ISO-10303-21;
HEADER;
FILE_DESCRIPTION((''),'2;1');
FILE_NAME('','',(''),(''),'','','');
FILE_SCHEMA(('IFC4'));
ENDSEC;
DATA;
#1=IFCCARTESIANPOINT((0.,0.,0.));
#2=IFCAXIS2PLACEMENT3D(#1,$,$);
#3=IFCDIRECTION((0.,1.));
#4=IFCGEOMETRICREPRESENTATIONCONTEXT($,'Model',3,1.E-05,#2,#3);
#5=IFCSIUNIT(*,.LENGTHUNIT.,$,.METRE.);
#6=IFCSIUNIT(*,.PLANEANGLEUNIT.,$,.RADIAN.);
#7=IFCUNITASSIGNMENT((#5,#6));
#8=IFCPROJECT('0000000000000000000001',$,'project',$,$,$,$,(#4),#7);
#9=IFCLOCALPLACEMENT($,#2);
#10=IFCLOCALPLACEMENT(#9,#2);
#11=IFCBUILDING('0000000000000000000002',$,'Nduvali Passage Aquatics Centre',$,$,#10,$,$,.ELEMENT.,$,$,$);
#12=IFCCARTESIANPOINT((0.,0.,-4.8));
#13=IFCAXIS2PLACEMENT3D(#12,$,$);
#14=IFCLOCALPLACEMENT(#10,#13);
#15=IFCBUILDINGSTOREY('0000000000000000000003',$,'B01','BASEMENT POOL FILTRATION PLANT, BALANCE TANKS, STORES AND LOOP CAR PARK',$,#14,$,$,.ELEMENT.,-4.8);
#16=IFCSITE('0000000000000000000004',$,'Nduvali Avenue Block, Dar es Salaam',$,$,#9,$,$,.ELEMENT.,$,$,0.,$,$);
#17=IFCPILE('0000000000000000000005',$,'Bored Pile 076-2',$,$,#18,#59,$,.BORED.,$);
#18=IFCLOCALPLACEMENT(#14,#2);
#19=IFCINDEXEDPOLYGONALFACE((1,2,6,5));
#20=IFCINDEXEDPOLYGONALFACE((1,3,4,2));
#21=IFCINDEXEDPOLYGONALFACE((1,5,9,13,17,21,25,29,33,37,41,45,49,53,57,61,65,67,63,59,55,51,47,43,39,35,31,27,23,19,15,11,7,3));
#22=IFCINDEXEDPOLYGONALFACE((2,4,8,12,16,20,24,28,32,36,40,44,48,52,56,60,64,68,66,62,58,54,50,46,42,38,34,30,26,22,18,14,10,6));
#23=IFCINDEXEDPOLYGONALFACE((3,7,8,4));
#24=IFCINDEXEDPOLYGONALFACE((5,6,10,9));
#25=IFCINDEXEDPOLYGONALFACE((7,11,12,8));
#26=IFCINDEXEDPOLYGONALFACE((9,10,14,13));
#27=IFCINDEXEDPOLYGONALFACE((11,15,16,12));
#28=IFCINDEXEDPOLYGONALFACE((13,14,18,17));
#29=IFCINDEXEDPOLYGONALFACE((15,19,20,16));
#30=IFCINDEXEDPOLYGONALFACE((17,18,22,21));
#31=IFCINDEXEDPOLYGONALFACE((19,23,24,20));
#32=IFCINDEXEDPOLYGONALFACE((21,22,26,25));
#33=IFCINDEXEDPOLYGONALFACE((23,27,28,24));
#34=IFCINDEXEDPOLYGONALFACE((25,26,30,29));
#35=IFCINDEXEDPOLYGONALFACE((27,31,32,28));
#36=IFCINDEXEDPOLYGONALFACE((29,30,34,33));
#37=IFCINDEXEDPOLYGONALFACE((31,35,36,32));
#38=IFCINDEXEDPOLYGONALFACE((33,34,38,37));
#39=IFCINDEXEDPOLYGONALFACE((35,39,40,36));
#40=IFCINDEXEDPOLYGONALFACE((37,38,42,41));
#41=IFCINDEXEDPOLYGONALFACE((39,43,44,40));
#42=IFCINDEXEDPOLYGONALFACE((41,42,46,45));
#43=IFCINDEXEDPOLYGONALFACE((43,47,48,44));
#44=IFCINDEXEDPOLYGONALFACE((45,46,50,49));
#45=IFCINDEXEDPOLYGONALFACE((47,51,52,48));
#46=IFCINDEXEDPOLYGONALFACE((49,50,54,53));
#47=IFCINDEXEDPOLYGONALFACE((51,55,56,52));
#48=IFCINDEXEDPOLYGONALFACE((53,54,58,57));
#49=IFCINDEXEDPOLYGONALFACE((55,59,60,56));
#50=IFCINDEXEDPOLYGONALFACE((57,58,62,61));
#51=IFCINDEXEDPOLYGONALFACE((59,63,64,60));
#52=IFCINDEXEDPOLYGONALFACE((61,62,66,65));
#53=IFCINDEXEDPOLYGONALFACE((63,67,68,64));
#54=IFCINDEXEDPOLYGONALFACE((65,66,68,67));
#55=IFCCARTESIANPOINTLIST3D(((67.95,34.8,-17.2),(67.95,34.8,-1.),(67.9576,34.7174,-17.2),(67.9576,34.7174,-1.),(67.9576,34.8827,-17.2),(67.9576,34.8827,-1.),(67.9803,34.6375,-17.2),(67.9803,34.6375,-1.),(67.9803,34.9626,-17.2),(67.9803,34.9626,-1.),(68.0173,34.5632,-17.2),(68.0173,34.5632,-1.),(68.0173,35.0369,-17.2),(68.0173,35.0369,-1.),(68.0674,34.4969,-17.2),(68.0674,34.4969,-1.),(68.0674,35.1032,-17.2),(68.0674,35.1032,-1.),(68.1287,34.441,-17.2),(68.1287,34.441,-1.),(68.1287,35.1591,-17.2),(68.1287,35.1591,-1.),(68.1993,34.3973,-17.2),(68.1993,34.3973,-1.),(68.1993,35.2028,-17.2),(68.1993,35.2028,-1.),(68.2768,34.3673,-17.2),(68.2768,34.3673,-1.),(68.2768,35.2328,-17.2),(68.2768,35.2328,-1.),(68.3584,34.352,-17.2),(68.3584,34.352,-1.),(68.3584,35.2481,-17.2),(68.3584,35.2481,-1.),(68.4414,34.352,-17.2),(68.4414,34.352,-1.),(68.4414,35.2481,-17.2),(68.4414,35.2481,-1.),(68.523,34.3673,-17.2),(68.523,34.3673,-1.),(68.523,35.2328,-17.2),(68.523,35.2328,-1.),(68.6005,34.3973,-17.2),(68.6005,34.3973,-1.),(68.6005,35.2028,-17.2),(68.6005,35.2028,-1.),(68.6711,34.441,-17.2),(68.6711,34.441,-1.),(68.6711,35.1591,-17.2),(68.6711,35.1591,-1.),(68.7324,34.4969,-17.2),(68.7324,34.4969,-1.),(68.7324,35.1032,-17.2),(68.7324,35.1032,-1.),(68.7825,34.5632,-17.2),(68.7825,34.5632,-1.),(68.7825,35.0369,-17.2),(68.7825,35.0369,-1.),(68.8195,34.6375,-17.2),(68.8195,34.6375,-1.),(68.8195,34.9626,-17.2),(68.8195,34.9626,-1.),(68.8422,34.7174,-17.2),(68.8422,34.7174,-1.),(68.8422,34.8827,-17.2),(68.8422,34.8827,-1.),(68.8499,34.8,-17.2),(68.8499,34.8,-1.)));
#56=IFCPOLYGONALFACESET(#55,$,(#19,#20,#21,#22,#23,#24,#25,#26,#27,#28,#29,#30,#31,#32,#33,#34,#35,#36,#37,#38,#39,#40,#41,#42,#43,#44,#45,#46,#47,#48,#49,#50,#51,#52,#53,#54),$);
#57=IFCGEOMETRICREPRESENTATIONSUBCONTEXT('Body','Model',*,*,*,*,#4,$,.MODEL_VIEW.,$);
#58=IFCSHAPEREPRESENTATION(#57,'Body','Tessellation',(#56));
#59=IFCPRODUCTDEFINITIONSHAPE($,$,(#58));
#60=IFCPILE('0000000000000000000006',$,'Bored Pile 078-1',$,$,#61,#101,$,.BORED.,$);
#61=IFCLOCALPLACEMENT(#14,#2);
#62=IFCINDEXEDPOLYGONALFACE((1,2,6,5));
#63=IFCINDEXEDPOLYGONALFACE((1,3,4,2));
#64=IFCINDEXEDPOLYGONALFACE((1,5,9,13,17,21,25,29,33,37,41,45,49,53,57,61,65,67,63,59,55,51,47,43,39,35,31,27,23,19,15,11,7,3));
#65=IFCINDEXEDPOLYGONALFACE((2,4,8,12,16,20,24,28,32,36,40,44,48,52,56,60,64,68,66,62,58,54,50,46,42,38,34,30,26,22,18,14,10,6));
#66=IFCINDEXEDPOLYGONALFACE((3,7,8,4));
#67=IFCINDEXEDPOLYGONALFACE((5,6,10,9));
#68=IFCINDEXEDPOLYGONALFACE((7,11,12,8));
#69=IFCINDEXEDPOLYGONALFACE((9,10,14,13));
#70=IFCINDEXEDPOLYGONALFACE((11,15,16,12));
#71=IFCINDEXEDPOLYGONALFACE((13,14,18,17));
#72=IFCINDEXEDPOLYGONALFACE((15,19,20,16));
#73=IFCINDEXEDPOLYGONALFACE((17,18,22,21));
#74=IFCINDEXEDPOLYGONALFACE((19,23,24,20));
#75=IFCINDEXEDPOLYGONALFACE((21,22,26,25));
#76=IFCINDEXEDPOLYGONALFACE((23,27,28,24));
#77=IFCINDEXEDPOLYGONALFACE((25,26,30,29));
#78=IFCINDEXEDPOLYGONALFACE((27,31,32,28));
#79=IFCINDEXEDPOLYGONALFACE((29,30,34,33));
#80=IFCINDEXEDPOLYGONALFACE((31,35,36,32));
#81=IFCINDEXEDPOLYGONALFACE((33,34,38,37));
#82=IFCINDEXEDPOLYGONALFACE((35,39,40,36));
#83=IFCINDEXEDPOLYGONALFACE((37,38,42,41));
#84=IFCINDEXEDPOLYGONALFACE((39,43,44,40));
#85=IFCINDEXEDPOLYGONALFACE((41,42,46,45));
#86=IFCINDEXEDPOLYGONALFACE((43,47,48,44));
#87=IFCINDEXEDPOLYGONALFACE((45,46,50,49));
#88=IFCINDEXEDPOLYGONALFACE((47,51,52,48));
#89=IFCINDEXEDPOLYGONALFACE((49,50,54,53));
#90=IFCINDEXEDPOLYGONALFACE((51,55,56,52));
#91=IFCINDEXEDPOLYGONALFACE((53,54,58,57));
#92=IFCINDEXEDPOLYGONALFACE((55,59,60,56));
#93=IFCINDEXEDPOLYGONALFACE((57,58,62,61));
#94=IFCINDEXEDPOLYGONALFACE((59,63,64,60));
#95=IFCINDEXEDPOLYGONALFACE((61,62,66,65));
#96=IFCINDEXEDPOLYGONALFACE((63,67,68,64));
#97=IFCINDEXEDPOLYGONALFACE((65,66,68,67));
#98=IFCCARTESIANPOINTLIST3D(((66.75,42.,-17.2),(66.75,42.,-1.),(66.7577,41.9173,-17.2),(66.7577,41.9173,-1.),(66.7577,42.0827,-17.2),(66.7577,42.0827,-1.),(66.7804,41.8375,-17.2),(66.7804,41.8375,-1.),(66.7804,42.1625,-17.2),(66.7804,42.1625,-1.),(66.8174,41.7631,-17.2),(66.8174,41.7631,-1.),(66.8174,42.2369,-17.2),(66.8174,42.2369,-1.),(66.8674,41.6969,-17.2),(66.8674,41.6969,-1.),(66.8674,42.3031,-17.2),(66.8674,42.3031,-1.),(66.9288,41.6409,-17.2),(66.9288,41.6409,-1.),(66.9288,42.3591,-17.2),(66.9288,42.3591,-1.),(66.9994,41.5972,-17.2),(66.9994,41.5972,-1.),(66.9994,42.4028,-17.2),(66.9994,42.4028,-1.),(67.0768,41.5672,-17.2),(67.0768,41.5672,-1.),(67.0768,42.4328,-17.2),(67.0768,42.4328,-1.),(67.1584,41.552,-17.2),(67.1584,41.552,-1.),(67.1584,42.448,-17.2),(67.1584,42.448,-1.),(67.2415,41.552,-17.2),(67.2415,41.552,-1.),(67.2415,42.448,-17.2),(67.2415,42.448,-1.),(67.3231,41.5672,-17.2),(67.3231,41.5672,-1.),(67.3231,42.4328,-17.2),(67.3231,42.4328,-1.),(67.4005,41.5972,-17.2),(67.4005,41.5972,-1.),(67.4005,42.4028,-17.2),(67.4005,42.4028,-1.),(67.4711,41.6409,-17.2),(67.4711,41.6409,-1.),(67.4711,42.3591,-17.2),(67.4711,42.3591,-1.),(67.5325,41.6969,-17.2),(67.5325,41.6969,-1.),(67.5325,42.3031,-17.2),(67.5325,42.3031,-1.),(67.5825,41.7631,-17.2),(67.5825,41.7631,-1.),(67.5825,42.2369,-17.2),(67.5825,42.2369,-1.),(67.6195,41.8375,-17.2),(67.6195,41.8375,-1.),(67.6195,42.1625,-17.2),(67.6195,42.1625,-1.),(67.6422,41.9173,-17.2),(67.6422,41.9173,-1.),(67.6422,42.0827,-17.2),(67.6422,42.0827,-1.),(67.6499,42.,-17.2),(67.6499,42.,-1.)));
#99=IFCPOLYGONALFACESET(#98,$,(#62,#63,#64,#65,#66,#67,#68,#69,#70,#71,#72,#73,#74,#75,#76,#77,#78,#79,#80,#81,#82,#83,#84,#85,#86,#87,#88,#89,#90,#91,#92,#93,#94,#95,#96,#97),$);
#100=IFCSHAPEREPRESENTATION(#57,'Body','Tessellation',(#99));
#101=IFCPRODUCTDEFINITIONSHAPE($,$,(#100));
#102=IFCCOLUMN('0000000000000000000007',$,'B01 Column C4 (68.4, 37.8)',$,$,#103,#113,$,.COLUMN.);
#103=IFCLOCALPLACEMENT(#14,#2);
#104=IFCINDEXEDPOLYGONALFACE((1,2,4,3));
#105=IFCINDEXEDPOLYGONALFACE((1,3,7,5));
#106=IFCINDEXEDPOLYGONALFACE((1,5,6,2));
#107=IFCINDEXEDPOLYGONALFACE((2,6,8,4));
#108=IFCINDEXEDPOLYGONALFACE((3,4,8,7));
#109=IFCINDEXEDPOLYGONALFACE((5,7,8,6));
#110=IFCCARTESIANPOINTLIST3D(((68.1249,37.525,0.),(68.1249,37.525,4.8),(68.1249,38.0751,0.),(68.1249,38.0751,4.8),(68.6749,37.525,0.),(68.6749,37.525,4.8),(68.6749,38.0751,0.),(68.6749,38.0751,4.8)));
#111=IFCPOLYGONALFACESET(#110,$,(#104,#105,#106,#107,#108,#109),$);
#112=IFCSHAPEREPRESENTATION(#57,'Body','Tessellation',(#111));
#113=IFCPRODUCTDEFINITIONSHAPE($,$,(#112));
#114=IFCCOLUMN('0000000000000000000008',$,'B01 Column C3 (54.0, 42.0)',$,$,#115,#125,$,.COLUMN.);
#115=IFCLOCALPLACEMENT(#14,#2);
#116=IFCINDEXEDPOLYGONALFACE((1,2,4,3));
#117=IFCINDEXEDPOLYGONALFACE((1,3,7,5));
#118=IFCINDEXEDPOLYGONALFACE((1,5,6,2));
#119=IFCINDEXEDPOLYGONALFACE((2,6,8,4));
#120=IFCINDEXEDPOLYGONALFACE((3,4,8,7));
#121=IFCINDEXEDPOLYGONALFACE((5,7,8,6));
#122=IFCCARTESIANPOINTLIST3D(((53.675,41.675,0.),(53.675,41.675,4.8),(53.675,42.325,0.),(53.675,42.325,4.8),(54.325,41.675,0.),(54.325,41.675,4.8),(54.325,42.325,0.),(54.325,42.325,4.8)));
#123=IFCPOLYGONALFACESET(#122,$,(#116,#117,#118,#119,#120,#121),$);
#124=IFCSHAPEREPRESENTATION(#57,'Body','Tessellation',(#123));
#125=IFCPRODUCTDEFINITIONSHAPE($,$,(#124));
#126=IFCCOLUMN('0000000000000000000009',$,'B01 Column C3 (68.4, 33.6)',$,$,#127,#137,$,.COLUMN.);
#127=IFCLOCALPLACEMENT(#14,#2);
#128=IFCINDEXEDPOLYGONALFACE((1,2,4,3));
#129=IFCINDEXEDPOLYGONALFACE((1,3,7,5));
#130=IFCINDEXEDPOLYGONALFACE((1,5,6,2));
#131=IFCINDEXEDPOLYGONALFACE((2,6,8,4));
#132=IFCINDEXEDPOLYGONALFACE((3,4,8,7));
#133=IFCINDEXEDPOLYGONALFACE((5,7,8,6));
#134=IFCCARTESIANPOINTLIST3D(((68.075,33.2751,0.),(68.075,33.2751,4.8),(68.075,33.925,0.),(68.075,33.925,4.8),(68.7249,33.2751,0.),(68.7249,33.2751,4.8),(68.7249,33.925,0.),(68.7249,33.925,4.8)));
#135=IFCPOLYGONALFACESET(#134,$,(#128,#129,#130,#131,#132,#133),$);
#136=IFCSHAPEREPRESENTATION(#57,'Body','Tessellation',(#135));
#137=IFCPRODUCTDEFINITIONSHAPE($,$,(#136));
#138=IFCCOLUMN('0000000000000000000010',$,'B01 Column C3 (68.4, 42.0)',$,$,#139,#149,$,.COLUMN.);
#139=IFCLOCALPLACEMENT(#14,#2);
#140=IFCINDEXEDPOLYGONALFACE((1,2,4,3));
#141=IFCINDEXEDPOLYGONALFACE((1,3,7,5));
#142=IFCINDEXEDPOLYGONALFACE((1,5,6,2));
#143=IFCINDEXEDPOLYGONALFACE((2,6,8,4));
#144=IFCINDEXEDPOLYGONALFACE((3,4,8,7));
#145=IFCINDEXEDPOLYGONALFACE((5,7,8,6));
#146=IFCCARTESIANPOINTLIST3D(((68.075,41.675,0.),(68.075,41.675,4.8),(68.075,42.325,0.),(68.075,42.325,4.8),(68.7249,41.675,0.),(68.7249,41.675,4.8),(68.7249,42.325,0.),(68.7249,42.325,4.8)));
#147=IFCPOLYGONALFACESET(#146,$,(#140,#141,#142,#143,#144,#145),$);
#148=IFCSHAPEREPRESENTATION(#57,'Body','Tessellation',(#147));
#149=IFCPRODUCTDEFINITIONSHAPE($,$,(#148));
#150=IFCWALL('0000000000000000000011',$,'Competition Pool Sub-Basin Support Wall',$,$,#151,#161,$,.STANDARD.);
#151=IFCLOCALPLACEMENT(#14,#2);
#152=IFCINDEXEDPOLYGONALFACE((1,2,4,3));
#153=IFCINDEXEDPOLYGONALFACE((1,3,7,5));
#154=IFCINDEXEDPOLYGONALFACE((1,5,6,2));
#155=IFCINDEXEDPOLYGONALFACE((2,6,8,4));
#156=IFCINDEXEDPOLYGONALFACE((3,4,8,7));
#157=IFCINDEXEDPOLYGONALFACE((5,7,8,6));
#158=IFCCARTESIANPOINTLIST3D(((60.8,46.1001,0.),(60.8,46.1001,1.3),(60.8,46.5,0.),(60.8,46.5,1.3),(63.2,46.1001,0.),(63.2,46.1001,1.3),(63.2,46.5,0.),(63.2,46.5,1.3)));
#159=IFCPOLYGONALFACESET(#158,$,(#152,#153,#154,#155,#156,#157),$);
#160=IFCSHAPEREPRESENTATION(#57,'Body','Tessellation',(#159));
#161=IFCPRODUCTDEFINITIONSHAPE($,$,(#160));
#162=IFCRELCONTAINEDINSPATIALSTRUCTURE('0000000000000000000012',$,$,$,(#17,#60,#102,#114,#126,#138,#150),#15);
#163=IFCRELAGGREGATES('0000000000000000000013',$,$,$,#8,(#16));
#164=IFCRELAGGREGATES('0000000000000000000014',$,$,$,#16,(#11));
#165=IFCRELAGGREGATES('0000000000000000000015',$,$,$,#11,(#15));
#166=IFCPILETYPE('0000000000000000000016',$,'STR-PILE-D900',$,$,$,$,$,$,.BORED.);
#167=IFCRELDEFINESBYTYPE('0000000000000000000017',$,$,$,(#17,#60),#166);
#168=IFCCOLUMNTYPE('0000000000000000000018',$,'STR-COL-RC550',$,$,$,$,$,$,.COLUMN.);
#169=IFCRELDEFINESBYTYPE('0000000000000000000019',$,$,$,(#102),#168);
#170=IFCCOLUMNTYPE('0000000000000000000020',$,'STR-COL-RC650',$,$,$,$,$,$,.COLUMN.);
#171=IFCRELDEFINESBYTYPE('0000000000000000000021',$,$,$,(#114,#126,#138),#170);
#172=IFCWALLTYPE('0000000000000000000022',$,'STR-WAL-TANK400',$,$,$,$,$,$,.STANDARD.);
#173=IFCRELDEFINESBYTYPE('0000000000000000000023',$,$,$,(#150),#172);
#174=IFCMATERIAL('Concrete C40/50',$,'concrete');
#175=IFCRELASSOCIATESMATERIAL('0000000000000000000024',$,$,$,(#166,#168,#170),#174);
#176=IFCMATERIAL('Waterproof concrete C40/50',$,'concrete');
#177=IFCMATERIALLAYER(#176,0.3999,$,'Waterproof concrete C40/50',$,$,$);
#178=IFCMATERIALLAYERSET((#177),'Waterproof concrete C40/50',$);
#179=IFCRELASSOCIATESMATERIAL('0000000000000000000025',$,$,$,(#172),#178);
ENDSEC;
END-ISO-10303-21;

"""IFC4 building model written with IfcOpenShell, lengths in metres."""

from ifc_helpers import new_model, si_unit, direction, frame, frame_2d, origin, origin_2d, place, context, subcontext, project, spatial, rectangle, circle, extrude, material, layer, layer_set, material_profile, profile_set, type_object, element, save


model = new_model("IFC4")

# Units and contexts
model_context = context("Model", 3, precision=1e-05, world=origin(), true_north=direction((0.0, 1.0)))
body_context = subcontext(model_context, "Body", "Model", "MODEL_VIEW")
ifc_project = project(units=[si_unit("LENGTHUNIT", "METRE"), si_unit("PLANEANGLEUNIT", "RADIAN")], contexts=[model_context])

# Site, building, storey
site_placement = place(None, origin())
site = spatial("IfcSite", under=ifc_project, at=site_placement, Name="Nduvali Avenue Block, Dar es Salaam", CompositionType="ELEMENT", RefElevation=0.0)
building_placement = place(site_placement, origin())
building = spatial("IfcBuilding", under=site, at=building_placement, Name="Nduvali Passage Aquatics Centre", CompositionType="ELEMENT")
storey_placement = place(building_placement, frame((0.0, 0.0, -4.8)))
storey = spatial("IfcBuildingStorey", under=building, at=storey_placement, Name="B01", Description="BASEMENT POOL FILTRATION PLANT, BALANCE TANKS, STORES AND LOOP CAR PARK", CompositionType="ELEMENT", Elevation=-4.8)

# Shared definitions
ifc_material_1 = material(Name="Concrete C40/50", Category="concrete")

# Piles
ifc_material_profile_1 = material_profile(ifc_material_1, circle(Radius=0.45, at=origin_2d()), Name="PILE D900")
ifc_profile_set_1 = profile_set([ifc_material_profile_1], Name="Concrete C40/50")
pile_type_1 = type_object("IfcPileType", Name="STR-PILE-D900", PredefinedType="BORED", material=ifc_profile_set_1)
for number, where, z_axis, x_axis, name in (
    (1, (68.3999, 34.8, -1.0), (0.0, 0.0, -1.0), (1.0, 0.0, 0.0), "Bored Pile 076-2"),
    (2, (67.2, 42.0, -1.0), (0.0, 0.0, -1.0), (1.0, 0.0, 0.0), "Bored Pile 078-1"),
):
    element("IfcPile", number, at=place(storey_placement, frame(where, z_axis=z_axis, x_axis=x_axis)), inside=storey, type_object=pile_type_1, Name=name, PredefinedType="BORED", context=body_context, shape_type="SweptSolid", body=[
        extrude(circle(Radius=0.45, at=origin_2d()), origin(), (0.0, 0.0, 1.0), 16.2),
    ])

# Columns
ifc_material_profile_2 = material_profile(ifc_material_1, rectangle(XDim=0.55, YDim=0.55, at=origin_2d()), Name="RC 550x550")
ifc_profile_set_2 = profile_set([ifc_material_profile_2], Name="Concrete C40/50")
column_type_1 = type_object("IfcColumnType", Name="STR-COL-RC550", PredefinedType="COLUMN", material=ifc_profile_set_2)
column_placement = place(storey_placement, frame((68.3999, 37.8, 0.0), z_axis=(0.0, 0.0, 1.0), x_axis=(1.0, 0.0, 0.0)))
element("IfcColumn", 3, at=column_placement, inside=storey, type_object=column_type_1, Name="B01 Column C4 (68.4, 37.8)", PredefinedType="COLUMN", context=body_context, shape_type="SweptSolid", body=[
    extrude(rectangle(XDim=0.55, YDim=0.55, at=origin_2d()), origin(), (0.0, 0.0, 1.0), 4.8),
])
ifc_material_profile_3 = material_profile(ifc_material_1, rectangle(XDim=0.6499, YDim=0.6499, at=origin_2d()), Name="RC 650x650")
ifc_profile_set_3 = profile_set([ifc_material_profile_3], Name="Concrete C40/50")
column_type_2 = type_object("IfcColumnType", Name="STR-COL-RC650", PredefinedType="COLUMN", material=ifc_profile_set_3)
for number, where, z_axis, x_axis, name in (
    (4, (54.0, 42.0, 0.0), (0.0, 0.0, 1.0), (1.0, 0.0, 0.0), "B01 Column C3 (54.0, 42.0)"),
    (5, (68.3999, 33.6001, 0.0), (0.0, 0.0, 1.0), (1.0, 0.0, 0.0), "B01 Column C3 (68.4, 33.6)"),
    (6, (68.3999, 42.0, 0.0), (0.0, 0.0, 1.0), (1.0, 0.0, 0.0), "B01 Column C3 (68.4, 42.0)"),
):
    element("IfcColumn", number, at=place(storey_placement, frame(where, z_axis=z_axis, x_axis=x_axis)), inside=storey, type_object=column_type_2, Name=name, PredefinedType="COLUMN", context=body_context, shape_type="SweptSolid", body=[
        extrude(rectangle(XDim=0.6499, YDim=0.6499, at=origin_2d()), origin(), (0.0, 0.0, 1.0), 4.8),
    ])

# Wall
ifc_material_2 = material(Name="Waterproof concrete C40/50", Category="concrete")
ifc_layer = layer(ifc_material_2, 0.3999, Name="Waterproof concrete C40/50")
ifc_layer_set = layer_set([ifc_layer], Name="Waterproof concrete C40/50")
wall_type = type_object("IfcWallType", Name="STR-WAL-TANK400", PredefinedType="STANDARD", material=ifc_layer_set)
wall_placement = place(storey_placement, frame((60.8, 46.3, 0.0), z_axis=(0.0, 0.0, 1.0), x_axis=(1.0, 0.0, 0.0)))
element("IfcWall", 7, at=wall_placement, inside=storey, type_object=wall_type, Name="Competition Pool Sub-Basin Support Wall", PredefinedType="STANDARD", context=body_context, shape_type="SweptSolid", body=[
    extrude(rectangle(XDim=2.3999, YDim=0.3999, at=frame_2d((1.2, 0.0))), origin(), (0.0, 0.0, 1.0), 1.3),
])

save(model, "model.ifc")
